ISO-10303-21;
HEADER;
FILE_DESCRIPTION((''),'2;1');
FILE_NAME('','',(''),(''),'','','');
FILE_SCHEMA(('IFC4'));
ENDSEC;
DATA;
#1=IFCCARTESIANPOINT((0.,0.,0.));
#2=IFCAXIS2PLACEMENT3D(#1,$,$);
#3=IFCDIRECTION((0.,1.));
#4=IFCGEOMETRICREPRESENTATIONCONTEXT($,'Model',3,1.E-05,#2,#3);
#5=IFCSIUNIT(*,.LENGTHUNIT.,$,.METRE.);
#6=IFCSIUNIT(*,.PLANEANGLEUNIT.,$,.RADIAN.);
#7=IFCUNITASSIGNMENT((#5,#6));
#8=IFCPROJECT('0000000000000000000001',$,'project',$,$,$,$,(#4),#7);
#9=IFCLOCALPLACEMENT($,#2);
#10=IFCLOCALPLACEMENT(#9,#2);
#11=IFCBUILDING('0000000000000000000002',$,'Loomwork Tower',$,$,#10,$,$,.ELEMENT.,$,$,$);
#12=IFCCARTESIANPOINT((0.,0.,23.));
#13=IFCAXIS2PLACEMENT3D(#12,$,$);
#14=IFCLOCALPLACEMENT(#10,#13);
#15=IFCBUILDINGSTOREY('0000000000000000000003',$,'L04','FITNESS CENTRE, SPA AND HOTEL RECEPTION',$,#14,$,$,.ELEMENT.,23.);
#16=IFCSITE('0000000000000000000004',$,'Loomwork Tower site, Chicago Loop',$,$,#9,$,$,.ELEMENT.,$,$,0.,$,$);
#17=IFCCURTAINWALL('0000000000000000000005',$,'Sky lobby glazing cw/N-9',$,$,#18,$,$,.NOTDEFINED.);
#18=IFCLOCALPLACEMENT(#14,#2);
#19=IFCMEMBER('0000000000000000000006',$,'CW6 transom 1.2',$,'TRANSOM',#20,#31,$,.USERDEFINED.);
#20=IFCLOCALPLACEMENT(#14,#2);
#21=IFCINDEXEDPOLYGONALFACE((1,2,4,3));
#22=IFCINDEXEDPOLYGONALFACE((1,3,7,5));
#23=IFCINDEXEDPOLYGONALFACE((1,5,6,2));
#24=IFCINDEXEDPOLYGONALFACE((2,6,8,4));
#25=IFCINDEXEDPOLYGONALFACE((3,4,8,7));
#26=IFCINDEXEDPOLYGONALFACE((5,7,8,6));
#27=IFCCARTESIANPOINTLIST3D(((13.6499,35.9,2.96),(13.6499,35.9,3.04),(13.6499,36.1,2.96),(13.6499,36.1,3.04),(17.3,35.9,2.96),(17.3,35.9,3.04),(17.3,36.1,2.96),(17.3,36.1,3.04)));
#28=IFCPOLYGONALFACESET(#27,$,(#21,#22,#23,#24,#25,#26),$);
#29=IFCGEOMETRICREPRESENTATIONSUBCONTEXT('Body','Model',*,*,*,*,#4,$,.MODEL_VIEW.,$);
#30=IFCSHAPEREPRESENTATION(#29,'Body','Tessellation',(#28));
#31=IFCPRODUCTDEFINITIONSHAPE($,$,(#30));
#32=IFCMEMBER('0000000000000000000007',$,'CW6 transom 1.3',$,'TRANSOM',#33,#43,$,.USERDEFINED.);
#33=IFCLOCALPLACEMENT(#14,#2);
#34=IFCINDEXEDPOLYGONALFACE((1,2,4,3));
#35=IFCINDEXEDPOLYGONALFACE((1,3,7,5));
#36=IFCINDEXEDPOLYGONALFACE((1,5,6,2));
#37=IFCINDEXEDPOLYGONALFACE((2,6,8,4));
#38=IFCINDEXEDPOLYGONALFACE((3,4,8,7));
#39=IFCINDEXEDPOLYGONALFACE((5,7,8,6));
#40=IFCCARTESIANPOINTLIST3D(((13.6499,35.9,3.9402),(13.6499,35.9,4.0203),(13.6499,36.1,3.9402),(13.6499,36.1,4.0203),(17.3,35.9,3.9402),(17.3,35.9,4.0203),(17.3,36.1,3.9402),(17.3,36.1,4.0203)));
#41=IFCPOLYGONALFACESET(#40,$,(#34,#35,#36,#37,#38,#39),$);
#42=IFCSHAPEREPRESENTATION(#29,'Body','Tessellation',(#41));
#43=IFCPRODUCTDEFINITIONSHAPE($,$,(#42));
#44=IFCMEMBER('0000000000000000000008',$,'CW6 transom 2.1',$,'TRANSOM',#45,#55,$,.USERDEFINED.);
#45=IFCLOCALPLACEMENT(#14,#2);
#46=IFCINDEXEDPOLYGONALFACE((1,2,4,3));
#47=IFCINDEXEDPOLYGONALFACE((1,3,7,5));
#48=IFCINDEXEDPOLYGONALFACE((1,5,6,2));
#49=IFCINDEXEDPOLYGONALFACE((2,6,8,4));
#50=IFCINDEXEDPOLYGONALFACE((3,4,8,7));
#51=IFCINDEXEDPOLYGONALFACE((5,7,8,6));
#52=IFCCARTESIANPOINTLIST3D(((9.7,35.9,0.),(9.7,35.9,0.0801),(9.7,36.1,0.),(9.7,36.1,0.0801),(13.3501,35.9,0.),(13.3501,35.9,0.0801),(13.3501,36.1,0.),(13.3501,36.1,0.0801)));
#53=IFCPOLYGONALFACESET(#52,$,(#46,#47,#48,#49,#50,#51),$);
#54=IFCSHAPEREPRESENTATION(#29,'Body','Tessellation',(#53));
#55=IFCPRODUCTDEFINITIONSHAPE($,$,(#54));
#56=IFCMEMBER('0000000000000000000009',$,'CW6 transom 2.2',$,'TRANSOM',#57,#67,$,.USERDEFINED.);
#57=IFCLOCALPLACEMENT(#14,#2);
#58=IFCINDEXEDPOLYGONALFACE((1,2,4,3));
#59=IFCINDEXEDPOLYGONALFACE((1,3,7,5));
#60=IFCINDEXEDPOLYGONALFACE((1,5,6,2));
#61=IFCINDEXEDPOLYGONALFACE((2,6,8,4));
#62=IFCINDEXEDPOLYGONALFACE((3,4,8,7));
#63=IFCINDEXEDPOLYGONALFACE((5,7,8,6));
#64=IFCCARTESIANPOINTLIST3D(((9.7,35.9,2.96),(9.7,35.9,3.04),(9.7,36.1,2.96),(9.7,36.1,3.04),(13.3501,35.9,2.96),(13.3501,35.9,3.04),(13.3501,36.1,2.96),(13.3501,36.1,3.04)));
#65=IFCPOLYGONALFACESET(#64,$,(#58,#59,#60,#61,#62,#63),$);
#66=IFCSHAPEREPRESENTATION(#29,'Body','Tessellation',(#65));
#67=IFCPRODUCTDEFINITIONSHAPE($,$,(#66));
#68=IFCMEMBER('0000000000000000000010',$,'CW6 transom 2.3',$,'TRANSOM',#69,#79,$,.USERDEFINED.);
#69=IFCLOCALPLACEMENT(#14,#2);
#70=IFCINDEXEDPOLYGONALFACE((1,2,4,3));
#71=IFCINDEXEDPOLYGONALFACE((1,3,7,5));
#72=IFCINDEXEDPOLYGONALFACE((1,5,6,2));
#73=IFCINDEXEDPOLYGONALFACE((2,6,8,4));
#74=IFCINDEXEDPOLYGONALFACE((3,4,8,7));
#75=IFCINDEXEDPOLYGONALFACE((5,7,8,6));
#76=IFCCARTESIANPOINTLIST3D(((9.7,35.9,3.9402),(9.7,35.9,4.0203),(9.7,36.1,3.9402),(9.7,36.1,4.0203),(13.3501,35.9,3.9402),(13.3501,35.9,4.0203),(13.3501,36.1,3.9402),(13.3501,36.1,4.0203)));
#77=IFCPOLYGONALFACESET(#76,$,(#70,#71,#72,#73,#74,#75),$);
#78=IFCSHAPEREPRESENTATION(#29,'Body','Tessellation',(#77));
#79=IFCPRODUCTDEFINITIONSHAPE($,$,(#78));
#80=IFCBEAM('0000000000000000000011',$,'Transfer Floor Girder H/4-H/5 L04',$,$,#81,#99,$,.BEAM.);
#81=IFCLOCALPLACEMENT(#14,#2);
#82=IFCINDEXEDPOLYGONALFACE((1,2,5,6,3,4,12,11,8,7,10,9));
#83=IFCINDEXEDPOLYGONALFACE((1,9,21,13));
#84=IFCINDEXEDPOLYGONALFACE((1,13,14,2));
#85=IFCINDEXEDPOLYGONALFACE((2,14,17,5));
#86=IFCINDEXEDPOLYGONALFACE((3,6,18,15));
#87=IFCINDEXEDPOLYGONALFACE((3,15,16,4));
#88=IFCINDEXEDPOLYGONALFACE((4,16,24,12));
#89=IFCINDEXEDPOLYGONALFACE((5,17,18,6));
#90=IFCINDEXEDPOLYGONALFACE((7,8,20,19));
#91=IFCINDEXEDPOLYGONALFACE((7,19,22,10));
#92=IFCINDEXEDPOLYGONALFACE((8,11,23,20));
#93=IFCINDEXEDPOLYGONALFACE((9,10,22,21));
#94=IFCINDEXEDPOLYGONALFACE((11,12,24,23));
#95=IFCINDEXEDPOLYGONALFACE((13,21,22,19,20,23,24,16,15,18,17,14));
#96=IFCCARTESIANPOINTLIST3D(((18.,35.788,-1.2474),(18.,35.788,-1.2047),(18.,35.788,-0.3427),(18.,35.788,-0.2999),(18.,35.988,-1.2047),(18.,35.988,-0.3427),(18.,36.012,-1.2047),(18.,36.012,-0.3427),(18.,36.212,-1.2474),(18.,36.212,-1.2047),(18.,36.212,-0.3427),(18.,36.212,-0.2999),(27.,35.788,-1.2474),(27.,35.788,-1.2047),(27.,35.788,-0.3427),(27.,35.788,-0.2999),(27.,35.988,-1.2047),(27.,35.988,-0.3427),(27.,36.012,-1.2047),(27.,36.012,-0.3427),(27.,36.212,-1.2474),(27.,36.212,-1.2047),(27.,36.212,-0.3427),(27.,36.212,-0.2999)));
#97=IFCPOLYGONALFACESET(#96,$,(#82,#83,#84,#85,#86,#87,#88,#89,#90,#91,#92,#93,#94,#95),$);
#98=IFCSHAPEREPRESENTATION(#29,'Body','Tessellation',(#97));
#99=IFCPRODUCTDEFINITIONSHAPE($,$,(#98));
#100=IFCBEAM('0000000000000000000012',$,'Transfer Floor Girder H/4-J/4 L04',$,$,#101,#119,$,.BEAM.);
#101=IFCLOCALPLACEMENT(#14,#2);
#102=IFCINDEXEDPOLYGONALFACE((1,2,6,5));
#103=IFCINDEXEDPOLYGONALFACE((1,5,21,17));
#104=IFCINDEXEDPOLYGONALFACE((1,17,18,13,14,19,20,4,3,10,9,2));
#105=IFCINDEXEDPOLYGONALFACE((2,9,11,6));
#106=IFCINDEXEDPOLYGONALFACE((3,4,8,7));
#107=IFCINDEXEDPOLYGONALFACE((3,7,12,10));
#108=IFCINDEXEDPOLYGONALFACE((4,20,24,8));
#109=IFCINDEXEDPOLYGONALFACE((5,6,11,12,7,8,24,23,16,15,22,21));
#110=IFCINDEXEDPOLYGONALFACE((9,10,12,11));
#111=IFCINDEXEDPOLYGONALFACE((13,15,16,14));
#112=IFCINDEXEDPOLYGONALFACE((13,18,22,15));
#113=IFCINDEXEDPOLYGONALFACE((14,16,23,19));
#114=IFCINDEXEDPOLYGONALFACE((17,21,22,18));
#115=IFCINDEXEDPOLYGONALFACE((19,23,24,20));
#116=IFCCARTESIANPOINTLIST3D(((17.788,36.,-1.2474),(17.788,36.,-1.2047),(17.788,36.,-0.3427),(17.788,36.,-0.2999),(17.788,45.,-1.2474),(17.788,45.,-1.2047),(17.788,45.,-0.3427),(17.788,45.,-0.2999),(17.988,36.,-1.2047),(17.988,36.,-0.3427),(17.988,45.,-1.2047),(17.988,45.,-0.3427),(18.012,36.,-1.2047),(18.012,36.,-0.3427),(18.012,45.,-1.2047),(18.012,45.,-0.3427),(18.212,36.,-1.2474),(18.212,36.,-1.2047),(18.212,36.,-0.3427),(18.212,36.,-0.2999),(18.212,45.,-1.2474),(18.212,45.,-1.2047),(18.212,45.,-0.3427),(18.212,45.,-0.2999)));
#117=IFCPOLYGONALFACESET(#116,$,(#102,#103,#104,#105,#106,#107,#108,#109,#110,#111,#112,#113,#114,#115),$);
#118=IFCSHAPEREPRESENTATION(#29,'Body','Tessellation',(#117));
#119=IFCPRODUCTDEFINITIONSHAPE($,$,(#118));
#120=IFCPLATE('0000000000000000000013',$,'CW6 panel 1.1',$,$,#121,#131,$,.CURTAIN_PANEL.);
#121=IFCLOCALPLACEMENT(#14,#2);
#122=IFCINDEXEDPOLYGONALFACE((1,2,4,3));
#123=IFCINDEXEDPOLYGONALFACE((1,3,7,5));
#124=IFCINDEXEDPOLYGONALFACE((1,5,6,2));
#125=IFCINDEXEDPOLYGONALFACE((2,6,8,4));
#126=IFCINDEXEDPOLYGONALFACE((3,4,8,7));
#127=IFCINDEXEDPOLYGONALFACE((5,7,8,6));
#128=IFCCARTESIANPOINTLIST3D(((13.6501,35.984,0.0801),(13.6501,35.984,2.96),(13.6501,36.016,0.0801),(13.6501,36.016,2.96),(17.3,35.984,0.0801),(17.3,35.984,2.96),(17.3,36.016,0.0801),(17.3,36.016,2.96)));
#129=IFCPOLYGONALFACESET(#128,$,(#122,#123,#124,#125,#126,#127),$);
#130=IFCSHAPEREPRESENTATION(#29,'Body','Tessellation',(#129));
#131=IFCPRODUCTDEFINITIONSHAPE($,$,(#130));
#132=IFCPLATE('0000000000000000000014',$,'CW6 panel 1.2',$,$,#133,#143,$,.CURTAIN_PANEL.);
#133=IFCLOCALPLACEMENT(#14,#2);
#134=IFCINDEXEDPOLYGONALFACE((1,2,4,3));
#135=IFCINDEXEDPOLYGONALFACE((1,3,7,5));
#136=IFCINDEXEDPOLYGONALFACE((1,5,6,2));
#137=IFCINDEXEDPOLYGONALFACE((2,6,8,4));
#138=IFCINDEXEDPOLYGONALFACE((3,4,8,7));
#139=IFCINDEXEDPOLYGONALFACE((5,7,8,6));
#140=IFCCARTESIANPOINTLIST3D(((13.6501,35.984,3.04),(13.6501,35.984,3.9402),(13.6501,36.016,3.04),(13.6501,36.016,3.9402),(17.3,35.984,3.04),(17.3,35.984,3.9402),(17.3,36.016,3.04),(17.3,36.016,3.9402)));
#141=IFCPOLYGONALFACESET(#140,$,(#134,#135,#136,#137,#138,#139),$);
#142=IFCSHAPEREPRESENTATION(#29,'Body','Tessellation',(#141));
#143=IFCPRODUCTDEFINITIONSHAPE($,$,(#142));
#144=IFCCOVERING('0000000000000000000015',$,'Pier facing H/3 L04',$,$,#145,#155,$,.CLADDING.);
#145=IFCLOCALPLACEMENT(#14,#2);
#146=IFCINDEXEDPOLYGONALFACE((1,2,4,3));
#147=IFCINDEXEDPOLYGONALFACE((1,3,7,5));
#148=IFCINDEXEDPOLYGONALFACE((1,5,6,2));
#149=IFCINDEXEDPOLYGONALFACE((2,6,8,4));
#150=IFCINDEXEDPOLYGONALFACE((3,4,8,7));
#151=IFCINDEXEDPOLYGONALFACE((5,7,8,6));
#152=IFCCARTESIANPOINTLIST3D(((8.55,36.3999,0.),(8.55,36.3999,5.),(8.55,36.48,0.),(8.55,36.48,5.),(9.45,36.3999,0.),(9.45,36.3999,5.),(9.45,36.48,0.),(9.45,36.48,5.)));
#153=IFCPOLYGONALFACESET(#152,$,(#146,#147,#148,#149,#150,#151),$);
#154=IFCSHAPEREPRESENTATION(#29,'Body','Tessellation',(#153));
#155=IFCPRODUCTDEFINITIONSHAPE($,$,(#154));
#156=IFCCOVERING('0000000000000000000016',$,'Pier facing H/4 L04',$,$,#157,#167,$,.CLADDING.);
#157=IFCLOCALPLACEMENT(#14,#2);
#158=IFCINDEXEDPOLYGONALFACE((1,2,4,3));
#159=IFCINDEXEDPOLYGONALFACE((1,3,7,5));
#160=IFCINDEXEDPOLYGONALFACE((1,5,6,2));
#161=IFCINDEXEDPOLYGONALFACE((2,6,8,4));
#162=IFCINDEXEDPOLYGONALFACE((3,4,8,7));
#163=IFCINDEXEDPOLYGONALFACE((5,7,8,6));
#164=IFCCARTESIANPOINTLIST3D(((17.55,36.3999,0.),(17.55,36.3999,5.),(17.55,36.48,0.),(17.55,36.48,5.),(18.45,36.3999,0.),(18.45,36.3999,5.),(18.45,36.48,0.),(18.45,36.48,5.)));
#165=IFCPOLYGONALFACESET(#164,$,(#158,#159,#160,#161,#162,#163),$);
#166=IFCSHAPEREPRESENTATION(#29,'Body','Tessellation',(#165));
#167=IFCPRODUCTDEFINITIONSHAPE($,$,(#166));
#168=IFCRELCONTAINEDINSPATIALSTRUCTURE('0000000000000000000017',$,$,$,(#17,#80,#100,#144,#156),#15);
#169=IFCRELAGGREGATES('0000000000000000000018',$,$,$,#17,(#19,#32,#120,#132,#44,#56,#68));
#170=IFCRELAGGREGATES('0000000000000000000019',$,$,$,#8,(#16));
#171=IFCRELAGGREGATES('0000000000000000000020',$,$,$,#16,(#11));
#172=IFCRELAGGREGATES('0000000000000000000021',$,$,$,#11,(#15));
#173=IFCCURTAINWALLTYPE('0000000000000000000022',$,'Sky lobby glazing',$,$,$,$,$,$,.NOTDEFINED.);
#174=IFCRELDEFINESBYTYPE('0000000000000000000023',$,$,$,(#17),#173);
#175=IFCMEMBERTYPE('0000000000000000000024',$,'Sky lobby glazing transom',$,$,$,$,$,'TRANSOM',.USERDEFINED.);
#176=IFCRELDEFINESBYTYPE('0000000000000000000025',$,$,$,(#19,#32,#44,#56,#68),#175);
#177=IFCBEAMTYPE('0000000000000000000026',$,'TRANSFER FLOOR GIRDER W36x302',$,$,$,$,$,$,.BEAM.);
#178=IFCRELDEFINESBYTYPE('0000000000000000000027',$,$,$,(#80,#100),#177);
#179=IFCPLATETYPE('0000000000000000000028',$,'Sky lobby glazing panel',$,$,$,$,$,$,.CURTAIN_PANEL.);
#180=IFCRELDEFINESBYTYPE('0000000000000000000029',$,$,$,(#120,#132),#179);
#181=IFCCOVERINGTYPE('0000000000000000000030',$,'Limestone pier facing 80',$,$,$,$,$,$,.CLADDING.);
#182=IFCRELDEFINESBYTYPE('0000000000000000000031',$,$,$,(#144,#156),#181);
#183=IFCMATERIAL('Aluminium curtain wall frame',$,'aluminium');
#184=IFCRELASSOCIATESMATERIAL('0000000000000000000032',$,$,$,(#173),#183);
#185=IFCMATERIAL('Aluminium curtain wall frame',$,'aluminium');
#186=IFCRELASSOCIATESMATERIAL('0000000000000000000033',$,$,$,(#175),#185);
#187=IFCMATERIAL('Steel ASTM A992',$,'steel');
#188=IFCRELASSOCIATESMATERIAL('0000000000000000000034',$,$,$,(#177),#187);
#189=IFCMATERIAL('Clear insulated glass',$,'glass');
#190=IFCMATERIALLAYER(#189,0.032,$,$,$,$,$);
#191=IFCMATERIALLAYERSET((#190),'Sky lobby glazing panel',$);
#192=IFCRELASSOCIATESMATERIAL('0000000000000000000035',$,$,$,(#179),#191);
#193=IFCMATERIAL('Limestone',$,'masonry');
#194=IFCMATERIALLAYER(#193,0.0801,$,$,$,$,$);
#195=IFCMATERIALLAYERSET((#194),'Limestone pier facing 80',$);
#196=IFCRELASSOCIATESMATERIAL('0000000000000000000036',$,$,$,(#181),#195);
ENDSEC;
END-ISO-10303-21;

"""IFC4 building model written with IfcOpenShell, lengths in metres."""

from ifc_helpers import new_model, si_unit, direction, frame, origin, origin_2d, place, context, subcontext, project, spatial, rectangle, i_section, extrude, material, layer, layer_set, material_profile, profile_set, type_object, element, aggregate, save


model = new_model("IFC4")

# Units and contexts
model_context = context("Model", 3, precision=1e-05, world=origin(), true_north=direction((0.0, 1.0)))
body_context = subcontext(model_context, "Body", "Model", "MODEL_VIEW")
ifc_project = project(units=[si_unit("LENGTHUNIT", "METRE"), si_unit("PLANEANGLEUNIT", "RADIAN")], contexts=[model_context])

# Site, building, storey
site_placement = place(None, origin())
site = spatial("IfcSite", under=ifc_project, at=site_placement, Name="Loomwork Tower site, Chicago Loop", CompositionType="ELEMENT", RefElevation=0.0)
building_placement = place(site_placement, origin())
building = spatial("IfcBuilding", under=site, at=building_placement, Name="Loomwork Tower", CompositionType="ELEMENT")
storey_placement = place(building_placement, frame((0.0, 0.0, 23.0)))
storey = spatial("IfcBuildingStorey", under=building, at=storey_placement, Name="L04", Description="FITNESS CENTRE, SPA AND HOTEL RECEPTION", CompositionType="ELEMENT", Elevation=23.0)

# Curtain wall, members
ifc_material_1 = material(Name="Aluminium curtain wall frame", Category="aluminium")
curtain_wall_type = type_object("IfcCurtainWallType", Name="Sky lobby glazing", PredefinedType="NOTDEFINED", material=ifc_material_1)
curtain_wall_placement = place(storey_placement, origin())
curtain_wall = element("IfcCurtainWall", 1, at=curtain_wall_placement, inside=storey, type_object=curtain_wall_type, Name="Sky lobby glazing cw/N-9", PredefinedType="NOTDEFINED")
ifc_material_2 = material(Name="Aluminium curtain wall frame", Category="aluminium")
ifc_material_profile_1 = material_profile(ifc_material_2, rectangle(XDim=0.2, YDim=0.0801, at=origin_2d()), Name="AL 80x200")
ifc_profile_set_1 = profile_set([ifc_material_profile_1], Name="Aluminium curtain wall frame")
member_type_1 = type_object("IfcMemberType", Name="Sky lobby glazing transom", ElementType="TRANSOM", PredefinedType="USERDEFINED", material=ifc_profile_set_1)
member_1_placement = place(storey_placement, frame((17.3, 36.0, 3.0), z_axis=(-1.0, 0.0, 0.0), x_axis=(0.0, -1.0, 0.0)))
member_1 = element("IfcMember", 2, at=member_1_placement, type_object=member_type_1, Name="CW6 transom 1.2", ObjectType="TRANSOM", PredefinedType="USERDEFINED", context=body_context, shape_type="SweptSolid", body=[
    extrude(rectangle(XDim=0.2, YDim=0.0801, at=origin_2d()), origin(), (0.0, 0.0, 1.0), 3.6501),
])
member_2_placement = place(storey_placement, frame((17.3, 36.0, 3.9802), z_axis=(-1.0, 0.0, 0.0), x_axis=(0.0, -1.0, 0.0)))
member_2 = element("IfcMember", 3, at=member_2_placement, type_object=member_type_1, Name="CW6 transom 1.3", ObjectType="TRANSOM", PredefinedType="USERDEFINED", context=body_context, shape_type="SweptSolid", body=[
    extrude(rectangle(XDim=0.2, YDim=0.0801, at=origin_2d()), origin(), (0.0, 0.0, 1.0), 3.6501),
])
member_3_placement = place(storey_placement, frame((13.3501, 36.0, 0.04), z_axis=(-1.0, 0.0, 0.0), x_axis=(0.0, -1.0, 0.0)))
member_3 = element("IfcMember", 4, at=member_3_placement, type_object=member_type_1, Name="CW6 transom 2.1", ObjectType="TRANSOM", PredefinedType="USERDEFINED", context=body_context, shape_type="SweptSolid", body=[
    extrude(rectangle(XDim=0.2, YDim=0.0801, at=origin_2d()), origin(), (0.0, 0.0, 1.0), 3.6501),
])
member_4_placement = place(storey_placement, frame((13.3501, 36.0, 3.0), z_axis=(-1.0, 0.0, 0.0), x_axis=(0.0, -1.0, 0.0)))
member_4 = element("IfcMember", 5, at=member_4_placement, type_object=member_type_1, Name="CW6 transom 2.2", ObjectType="TRANSOM", PredefinedType="USERDEFINED", context=body_context, shape_type="SweptSolid", body=[
    extrude(rectangle(XDim=0.2, YDim=0.0801, at=origin_2d()), origin(), (0.0, 0.0, 1.0), 3.6501),
])
member_5_placement = place(storey_placement, frame((13.3501, 36.0, 3.9802), z_axis=(-1.0, 0.0, 0.0), x_axis=(0.0, -1.0, 0.0)))
member_5 = element("IfcMember", 6, at=member_5_placement, type_object=member_type_1, Name="CW6 transom 2.3", ObjectType="TRANSOM", PredefinedType="USERDEFINED", context=body_context, shape_type="SweptSolid", body=[
    extrude(rectangle(XDim=0.2, YDim=0.0801, at=origin_2d()), origin(), (0.0, 0.0, 1.0), 3.6501),
])

# Beams
ifc_material_3 = material(Name="Steel ASTM A992", Category="steel")
ifc_material_profile_2 = material_profile(ifc_material_3, i_section(OverallWidth=0.4241, OverallDepth=0.9475, WebThickness=0.0239, FlangeThickness=0.0427, at=origin_2d()), Name="W36x302")
ifc_profile_set_2 = profile_set([ifc_material_profile_2], Name="Steel ASTM A992")
beam_type_1 = type_object("IfcBeamType", Name="TRANSFER FLOOR GIRDER W36x302", PredefinedType="BEAM", material=ifc_profile_set_2)
for number, where, z_axis, x_axis, name in (
    (7, (18.0, 36.0, -0.7737), (1.0, 0.0, 0.0), (0.0, 1.0, 0.0), "Transfer Floor Girder H/4-H/5 L04"),
    (8, (18.0, 36.0, -0.7737), (0.0, 1.0, 0.0), (-1.0, 0.0, 0.0), "Transfer Floor Girder H/4-J/4 L04"),
):
    element("IfcBeam", number, at=place(storey_placement, frame(where, z_axis=z_axis, x_axis=x_axis)), inside=storey, type_object=beam_type_1, Name=name, PredefinedType="BEAM", context=body_context, shape_type="SweptSolid", body=[
        extrude(i_section(OverallWidth=0.4241, OverallDepth=0.9475, WebThickness=0.0239, FlangeThickness=0.0427, at=origin_2d()), origin(), (0.0, 0.0, 1.0), 9.0),
    ])

# Plates
ifc_material_4 = material(Name="Clear insulated glass", Category="glass")
ifc_layer_1 = layer(ifc_material_4, 0.032)
ifc_layer_set_1 = layer_set([ifc_layer_1], Name="Sky lobby glazing panel")
plate_type = type_object("IfcPlateType", Name="Sky lobby glazing panel", PredefinedType="CURTAIN_PANEL", material=ifc_layer_set_1)
plate_1_placement = place(storey_placement, frame((15.4751, 36.0, 0.0801), z_axis=(0.0, 0.0, 1.0), x_axis=(-1.0, 0.0, 0.0)))
plate_1 = element("IfcPlate", 9, at=plate_1_placement, type_object=plate_type, Name="CW6 panel 1.1", PredefinedType="CURTAIN_PANEL", context=body_context, shape_type="SweptSolid", body=[
    extrude(rectangle(XDim=3.6499, YDim=0.032, at=origin_2d()), origin(), (0.0, 0.0, 1.0), 2.8799),
])
plate_2_placement = place(storey_placement, frame((15.4751, 36.0, 3.04), z_axis=(0.0, 0.0, 1.0), x_axis=(-1.0, 0.0, 0.0)))
plate_2 = element("IfcPlate", 10, at=plate_2_placement, type_object=plate_type, Name="CW6 panel 1.2", PredefinedType="CURTAIN_PANEL", context=body_context, shape_type="SweptSolid", body=[
    extrude(rectangle(XDim=3.6499, YDim=0.032, at=origin_2d()), origin(), (0.0, 0.0, 1.0), 0.9001),
])
aggregate(curtain_wall, [member_1, member_2, plate_1, plate_2, member_3, member_4, member_5])

# Coverings
ifc_material_5 = material(Name="Limestone", Category="masonry")
ifc_layer_2 = layer(ifc_material_5, 0.0801)
ifc_layer_set_2 = layer_set([ifc_layer_2], Name="Limestone pier facing 80")
covering_type = type_object("IfcCoveringType", Name="Limestone pier facing 80", PredefinedType="CLADDING", material=ifc_layer_set_2)
for number, where, z_axis, x_axis, name in (
    (11, (9.0, 36.4399, 0.0), (0.0, 0.0, 1.0), (1.0, 0.0, 0.0), "Pier facing H/3 L04"),
    (12, (18.0, 36.4399, 0.0), (0.0, 0.0, 1.0), (1.0, 0.0, 0.0), "Pier facing H/4 L04"),
):
    element("IfcCovering", number, at=place(storey_placement, frame(where, z_axis=z_axis, x_axis=x_axis)), inside=storey, type_object=covering_type, Name=name, PredefinedType="CLADDING", context=body_context, shape_type="SweptSolid", body=[
        extrude(rectangle(XDim=0.8999, YDim=0.0801, at=origin_2d()), origin(), (0.0, 0.0, 1.0), 5.0),
    ])

save(model, "model.ifc")
